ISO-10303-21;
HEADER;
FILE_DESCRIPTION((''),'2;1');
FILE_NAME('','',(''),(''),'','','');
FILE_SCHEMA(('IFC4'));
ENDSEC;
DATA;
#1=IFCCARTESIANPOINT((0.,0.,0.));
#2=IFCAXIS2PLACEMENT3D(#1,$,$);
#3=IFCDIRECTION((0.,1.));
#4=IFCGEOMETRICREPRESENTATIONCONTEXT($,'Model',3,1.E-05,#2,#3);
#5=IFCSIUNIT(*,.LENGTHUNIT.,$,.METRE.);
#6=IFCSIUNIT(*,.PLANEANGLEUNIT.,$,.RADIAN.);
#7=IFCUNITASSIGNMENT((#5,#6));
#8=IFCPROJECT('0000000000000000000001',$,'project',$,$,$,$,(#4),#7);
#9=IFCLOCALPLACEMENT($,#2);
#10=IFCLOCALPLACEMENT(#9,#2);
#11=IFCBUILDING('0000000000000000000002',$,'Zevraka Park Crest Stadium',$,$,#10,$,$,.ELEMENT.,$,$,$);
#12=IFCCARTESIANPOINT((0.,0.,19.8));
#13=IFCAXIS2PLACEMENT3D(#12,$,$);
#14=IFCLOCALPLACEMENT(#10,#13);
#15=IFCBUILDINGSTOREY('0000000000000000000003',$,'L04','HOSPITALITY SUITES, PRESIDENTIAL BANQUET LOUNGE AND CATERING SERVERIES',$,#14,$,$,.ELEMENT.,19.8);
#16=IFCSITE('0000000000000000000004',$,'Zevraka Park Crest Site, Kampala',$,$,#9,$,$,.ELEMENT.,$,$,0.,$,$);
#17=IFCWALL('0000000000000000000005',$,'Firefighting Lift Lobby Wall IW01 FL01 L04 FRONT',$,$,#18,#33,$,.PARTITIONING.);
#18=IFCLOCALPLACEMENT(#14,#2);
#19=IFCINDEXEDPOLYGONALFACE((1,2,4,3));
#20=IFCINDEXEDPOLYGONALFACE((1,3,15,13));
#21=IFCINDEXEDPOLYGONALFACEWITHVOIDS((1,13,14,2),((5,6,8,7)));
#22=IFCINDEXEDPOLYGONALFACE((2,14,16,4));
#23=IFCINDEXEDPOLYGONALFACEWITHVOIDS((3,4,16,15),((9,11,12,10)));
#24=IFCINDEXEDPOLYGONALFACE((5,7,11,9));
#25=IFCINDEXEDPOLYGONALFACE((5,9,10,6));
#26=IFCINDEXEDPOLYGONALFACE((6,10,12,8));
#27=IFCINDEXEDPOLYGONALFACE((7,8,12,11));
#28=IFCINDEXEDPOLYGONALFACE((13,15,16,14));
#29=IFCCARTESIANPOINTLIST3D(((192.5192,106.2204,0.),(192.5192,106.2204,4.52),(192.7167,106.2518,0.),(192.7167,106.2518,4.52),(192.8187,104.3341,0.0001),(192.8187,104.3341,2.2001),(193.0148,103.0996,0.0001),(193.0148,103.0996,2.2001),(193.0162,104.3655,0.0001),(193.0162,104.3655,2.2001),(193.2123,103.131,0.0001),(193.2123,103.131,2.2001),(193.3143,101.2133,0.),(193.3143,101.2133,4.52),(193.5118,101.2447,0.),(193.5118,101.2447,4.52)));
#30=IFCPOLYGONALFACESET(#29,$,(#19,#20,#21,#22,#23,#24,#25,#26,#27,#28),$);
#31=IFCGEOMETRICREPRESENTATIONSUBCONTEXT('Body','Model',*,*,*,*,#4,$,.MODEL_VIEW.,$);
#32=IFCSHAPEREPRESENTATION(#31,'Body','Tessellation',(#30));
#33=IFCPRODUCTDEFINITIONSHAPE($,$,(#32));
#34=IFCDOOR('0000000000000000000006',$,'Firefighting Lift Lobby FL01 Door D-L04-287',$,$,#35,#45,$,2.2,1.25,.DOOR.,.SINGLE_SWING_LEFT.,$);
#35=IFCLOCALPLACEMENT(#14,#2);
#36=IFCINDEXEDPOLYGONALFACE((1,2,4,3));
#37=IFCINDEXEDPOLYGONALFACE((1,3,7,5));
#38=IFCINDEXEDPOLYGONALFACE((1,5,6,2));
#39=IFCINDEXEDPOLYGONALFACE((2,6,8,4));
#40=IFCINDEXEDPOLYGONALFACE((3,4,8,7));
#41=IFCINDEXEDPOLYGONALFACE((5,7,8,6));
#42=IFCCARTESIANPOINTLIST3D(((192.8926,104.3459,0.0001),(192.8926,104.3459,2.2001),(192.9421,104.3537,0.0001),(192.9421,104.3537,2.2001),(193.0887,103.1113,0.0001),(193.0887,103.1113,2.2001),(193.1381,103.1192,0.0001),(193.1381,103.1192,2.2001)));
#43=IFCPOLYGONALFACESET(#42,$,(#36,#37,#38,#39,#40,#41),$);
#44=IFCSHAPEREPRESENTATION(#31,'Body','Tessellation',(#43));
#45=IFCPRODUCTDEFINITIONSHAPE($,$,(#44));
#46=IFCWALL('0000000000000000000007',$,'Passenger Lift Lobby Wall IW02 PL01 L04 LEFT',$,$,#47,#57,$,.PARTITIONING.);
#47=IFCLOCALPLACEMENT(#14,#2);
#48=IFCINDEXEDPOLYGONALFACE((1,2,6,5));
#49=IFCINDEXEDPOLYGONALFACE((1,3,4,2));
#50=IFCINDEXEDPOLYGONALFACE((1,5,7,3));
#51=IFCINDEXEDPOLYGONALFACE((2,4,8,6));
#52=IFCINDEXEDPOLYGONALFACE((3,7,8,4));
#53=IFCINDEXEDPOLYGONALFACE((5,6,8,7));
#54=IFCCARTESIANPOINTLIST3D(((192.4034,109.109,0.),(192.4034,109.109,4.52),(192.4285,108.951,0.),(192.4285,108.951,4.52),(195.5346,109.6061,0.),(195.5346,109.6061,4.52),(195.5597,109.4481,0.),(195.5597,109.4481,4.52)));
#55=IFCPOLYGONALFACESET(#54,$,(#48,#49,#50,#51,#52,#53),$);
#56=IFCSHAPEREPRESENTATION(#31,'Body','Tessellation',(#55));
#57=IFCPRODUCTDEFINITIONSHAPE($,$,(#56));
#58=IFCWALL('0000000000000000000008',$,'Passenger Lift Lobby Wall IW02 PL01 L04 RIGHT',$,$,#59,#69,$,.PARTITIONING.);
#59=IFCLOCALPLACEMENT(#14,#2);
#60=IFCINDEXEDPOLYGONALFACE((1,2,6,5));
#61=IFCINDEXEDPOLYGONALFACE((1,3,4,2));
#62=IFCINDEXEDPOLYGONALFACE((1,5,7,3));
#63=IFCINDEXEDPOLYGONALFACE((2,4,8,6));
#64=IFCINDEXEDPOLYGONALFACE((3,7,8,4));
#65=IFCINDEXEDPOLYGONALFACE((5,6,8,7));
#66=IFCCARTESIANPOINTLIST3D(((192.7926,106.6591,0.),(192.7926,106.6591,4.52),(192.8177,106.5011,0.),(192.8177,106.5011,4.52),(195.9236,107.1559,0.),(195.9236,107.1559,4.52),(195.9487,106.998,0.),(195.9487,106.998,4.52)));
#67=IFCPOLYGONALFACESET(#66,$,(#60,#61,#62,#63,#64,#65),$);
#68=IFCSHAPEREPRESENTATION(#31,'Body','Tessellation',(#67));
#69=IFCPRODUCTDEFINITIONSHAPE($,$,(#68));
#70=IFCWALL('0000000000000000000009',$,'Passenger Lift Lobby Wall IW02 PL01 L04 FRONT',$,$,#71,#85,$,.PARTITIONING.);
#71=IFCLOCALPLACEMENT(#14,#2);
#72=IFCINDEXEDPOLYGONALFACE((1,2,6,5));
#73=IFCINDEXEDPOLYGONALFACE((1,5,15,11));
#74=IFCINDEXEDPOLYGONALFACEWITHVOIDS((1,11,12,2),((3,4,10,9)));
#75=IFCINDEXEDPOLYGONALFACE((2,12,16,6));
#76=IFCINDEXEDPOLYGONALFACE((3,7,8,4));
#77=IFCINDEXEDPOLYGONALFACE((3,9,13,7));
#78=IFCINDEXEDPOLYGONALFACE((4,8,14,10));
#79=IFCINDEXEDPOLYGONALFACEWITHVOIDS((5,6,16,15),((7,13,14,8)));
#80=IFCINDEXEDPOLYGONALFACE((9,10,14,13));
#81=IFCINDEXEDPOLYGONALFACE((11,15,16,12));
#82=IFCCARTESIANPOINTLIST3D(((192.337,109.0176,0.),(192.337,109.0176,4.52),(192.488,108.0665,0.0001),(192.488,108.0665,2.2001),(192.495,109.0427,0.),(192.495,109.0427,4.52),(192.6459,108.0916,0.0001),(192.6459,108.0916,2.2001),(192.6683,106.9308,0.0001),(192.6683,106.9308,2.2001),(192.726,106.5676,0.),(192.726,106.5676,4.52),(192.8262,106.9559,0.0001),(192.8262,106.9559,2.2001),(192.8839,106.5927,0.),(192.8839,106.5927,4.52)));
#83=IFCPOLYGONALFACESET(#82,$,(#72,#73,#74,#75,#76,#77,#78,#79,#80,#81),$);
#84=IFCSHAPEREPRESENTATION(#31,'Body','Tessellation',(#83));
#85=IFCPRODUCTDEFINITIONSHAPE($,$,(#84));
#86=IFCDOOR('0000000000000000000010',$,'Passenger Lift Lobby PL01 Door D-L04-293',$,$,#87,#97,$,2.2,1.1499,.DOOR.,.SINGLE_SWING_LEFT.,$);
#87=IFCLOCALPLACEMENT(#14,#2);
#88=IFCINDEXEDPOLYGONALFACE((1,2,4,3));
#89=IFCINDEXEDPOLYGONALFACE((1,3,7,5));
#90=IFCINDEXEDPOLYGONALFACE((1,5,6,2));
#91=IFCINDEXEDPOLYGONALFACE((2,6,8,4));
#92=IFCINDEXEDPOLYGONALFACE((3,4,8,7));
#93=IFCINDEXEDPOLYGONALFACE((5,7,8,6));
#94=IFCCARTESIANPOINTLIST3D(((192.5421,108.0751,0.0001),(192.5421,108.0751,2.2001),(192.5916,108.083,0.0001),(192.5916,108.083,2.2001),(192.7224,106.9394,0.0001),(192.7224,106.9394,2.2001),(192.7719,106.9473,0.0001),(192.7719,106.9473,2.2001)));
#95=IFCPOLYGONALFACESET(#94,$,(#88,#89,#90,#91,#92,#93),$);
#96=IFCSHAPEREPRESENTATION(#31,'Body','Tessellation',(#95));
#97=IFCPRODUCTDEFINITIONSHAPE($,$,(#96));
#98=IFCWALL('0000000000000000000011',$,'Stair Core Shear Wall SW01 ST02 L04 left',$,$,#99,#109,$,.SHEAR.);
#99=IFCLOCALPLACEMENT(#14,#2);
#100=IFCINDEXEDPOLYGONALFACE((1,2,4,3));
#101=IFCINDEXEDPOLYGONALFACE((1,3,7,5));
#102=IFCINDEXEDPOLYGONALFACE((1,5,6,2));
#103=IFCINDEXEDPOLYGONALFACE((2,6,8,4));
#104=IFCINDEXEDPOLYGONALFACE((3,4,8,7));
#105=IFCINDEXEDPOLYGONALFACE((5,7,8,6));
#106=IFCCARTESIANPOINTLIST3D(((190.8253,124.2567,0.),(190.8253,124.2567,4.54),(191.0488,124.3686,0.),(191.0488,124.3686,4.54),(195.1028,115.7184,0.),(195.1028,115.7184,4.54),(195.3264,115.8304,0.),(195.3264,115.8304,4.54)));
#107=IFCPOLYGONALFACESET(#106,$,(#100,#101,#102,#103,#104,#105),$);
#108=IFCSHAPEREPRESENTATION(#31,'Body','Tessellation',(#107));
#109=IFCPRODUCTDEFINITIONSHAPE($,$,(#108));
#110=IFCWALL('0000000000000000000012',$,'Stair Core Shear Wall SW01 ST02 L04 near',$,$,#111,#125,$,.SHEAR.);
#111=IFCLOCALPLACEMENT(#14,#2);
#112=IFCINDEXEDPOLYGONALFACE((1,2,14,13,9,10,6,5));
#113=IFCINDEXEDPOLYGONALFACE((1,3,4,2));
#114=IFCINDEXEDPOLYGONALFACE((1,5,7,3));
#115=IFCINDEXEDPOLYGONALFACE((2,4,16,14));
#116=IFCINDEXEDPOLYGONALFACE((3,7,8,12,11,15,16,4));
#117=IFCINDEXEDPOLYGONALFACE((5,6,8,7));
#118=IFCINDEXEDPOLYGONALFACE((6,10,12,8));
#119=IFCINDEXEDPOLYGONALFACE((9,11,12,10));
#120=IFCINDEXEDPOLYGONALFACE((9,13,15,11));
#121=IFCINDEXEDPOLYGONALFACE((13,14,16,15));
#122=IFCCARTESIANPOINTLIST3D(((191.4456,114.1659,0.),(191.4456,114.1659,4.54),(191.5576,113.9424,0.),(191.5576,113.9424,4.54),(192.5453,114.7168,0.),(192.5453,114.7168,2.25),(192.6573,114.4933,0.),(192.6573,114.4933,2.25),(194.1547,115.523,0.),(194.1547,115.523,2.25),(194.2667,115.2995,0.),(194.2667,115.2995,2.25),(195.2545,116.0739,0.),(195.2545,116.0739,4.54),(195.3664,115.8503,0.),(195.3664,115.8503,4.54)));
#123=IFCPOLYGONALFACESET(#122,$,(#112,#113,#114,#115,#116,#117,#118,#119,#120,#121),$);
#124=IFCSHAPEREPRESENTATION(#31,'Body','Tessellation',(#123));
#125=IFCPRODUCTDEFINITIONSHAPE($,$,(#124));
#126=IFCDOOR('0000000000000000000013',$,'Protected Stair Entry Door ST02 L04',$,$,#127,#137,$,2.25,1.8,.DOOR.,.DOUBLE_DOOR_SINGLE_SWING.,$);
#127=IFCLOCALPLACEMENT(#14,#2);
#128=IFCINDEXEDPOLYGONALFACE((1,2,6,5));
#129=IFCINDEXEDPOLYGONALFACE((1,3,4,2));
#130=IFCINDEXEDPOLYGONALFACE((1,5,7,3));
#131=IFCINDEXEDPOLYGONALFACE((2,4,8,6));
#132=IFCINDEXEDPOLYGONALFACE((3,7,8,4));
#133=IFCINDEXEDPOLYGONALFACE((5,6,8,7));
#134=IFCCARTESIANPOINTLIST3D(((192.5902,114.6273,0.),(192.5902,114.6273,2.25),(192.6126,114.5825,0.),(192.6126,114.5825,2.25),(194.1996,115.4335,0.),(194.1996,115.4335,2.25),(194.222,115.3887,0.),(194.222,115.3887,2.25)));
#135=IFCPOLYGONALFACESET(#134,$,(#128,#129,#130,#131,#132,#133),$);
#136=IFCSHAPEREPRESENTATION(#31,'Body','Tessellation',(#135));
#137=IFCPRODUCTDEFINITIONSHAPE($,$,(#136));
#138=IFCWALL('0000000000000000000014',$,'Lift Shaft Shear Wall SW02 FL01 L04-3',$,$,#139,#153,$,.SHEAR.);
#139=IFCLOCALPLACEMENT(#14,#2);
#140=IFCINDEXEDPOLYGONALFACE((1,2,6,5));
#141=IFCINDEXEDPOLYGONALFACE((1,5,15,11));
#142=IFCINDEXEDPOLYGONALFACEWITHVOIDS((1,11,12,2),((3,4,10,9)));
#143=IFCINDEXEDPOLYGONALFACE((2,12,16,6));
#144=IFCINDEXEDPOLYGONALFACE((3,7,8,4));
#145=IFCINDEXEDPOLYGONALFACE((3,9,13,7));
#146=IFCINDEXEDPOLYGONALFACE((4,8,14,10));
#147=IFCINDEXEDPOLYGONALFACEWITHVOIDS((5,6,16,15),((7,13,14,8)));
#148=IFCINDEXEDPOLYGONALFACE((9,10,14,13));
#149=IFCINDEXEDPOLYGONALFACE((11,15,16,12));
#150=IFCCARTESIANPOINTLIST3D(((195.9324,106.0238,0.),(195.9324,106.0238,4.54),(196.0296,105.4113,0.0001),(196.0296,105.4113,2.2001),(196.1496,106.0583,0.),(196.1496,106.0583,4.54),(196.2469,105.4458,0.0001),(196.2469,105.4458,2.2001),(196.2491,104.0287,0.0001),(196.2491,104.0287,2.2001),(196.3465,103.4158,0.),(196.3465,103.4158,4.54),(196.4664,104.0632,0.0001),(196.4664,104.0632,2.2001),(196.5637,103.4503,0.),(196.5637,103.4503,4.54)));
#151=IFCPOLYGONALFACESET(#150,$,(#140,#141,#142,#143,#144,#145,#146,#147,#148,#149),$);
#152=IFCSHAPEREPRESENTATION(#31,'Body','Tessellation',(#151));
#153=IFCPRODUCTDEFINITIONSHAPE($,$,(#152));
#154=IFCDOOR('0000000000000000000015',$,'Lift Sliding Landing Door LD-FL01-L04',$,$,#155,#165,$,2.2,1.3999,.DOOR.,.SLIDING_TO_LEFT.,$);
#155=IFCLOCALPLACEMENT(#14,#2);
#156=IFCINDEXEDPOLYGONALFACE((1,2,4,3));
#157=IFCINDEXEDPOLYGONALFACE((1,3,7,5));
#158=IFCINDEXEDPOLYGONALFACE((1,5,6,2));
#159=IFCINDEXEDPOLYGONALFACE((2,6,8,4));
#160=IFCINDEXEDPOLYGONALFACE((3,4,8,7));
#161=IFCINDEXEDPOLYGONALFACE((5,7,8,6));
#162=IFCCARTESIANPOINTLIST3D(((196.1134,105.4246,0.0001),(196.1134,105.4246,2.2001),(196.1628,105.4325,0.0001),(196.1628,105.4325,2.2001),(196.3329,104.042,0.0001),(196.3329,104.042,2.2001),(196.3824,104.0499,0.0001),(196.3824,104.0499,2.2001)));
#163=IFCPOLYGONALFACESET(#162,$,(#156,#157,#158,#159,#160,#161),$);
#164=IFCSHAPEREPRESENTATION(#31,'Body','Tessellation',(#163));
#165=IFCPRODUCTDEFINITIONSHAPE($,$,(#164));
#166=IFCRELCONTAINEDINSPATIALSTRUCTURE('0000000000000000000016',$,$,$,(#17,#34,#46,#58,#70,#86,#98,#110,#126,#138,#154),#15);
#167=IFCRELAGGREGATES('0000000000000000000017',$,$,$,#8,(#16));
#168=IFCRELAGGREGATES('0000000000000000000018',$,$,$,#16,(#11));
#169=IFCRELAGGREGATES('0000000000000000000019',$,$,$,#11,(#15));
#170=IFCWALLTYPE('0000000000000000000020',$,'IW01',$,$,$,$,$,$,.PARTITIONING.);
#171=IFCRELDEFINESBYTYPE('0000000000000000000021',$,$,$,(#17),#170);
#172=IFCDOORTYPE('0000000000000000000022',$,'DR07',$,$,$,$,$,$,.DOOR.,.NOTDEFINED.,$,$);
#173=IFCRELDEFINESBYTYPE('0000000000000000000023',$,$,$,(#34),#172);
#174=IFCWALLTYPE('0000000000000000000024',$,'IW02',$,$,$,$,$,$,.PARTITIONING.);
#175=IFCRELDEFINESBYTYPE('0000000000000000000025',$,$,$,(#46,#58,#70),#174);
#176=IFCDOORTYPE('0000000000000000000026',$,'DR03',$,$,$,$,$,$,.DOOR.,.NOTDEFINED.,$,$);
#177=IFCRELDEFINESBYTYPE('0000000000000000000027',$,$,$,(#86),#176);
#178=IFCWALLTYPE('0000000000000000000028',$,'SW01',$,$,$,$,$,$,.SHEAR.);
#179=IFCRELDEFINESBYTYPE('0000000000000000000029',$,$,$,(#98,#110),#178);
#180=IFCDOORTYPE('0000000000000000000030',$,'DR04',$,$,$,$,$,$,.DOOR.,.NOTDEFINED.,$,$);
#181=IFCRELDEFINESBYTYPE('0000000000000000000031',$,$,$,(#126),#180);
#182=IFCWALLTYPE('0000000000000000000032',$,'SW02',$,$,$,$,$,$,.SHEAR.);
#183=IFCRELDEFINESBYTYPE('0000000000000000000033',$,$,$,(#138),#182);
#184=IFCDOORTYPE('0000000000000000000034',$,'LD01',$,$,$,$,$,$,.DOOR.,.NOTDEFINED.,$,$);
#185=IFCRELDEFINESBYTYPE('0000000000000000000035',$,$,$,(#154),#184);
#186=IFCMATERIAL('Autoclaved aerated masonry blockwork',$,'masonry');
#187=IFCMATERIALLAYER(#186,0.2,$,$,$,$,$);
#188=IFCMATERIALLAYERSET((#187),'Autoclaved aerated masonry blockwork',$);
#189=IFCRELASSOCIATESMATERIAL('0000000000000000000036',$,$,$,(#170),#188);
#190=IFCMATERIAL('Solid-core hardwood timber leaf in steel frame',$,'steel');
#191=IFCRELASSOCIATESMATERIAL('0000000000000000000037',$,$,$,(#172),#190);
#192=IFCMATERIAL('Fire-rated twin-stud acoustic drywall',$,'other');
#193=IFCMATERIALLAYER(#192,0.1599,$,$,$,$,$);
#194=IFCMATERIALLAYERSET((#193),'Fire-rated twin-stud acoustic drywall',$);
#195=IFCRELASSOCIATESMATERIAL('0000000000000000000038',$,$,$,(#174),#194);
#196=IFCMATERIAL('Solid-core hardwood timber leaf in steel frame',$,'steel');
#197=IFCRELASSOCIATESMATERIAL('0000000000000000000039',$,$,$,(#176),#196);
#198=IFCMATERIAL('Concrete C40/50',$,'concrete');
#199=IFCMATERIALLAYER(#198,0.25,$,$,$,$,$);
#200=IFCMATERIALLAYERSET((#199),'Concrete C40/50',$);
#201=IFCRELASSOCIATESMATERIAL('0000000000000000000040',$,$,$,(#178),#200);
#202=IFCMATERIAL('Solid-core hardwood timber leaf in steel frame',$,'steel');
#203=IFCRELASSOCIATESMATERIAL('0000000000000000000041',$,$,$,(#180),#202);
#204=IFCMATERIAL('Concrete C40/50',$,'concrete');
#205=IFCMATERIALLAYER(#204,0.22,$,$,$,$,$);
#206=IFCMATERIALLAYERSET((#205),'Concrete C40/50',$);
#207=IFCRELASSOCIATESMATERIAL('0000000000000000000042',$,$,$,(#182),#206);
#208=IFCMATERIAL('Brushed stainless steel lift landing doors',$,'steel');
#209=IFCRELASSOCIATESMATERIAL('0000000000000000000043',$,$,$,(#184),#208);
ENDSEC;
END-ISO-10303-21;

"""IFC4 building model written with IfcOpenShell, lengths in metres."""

from ifc_helpers import new_model, si_unit, direction, frame, frame_2d, origin, place, context, subcontext, project, spatial, rectangle, extrude, material, layer, layer_set, type_object, element, fill, save


model = new_model("IFC4")

# Units and contexts
model_context = context("Model", 3, precision=1e-05, world=origin(), true_north=direction((0.0, 1.0)))
body_context = subcontext(model_context, "Body", "Model", "MODEL_VIEW")
ifc_project = project(units=[si_unit("LENGTHUNIT", "METRE"), si_unit("PLANEANGLEUNIT", "RADIAN")], contexts=[model_context])

# Site, building, storey
site_placement = place(None, origin())
site = spatial("IfcSite", under=ifc_project, at=site_placement, Name="Zevraka Park Crest Site, Kampala", CompositionType="ELEMENT", RefElevation=0.0)
building_placement = place(site_placement, origin())
building = spatial("IfcBuilding", under=site, at=building_placement, Name="Zevraka Park Crest Stadium", CompositionType="ELEMENT")
storey_placement = place(building_placement, frame((0.0, 0.0, 19.8)))
storey = spatial("IfcBuildingStorey", under=building, at=storey_placement, Name="L04", Description="HOSPITALITY SUITES, PRESIDENTIAL BANQUET LOUNGE AND CATERING SERVERIES", CompositionType="ELEMENT", Elevation=19.8)

# Shared definitions
ifc_material_1 = material(Name="Autoclaved aerated masonry blockwork", Category="masonry")
ifc_layer_1 = layer(ifc_material_1, 0.2)
ifc_layer_set_1 = layer_set([ifc_layer_1], Name="Autoclaved aerated masonry blockwork")
wall_type_1 = type_object("IfcWallType", Name="IW01", PredefinedType="PARTITIONING", material=ifc_layer_set_1)

# Wall, opening, door
wall_1_placement = place(storey_placement, frame((192.6179, 106.2361, 0.0), z_axis=(0.0, 0.0, 1.0), x_axis=(0.156843, -0.987624, 0.0)))
wall_1 = element("IfcWall", 1, at=wall_1_placement, inside=storey, type_object=wall_type_1, Name="Firefighting Lift Lobby Wall IW01 FL01 L04 FRONT", PredefinedType="PARTITIONING", context=body_context, shape_type="SweptSolid", body=[
    extrude(rectangle(XDim=5.0698, YDim=0.2, at=frame_2d((2.5349, 0.0))), origin(), (0.0, 0.0, 1.0), 4.52),
])
opening_1_placement = place(wall_1_placement, frame((1.9099, 0.0, 0.0)))
opening_1 = element("IfcOpeningElement", 2, at=opening_1_placement, cuts=wall_1, PredefinedType="OPENING", context=body_context, shape_type="SweptSolid", body=[
    extrude(rectangle(XDim=1.25, YDim=2.2, at=frame_2d((0.625, 1.1001))), frame((0.0, 0.1099, 0.0), z_axis=(0.0, -1.0, 0.0), x_axis=(1.0, 0.0, 0.0)), (0.0, 0.0, 1.0), 0.22),
])
ifc_material_2 = material(Name="Solid-core hardwood timber leaf in steel frame", Category="steel")
door_type_1 = type_object("IfcDoorType", Name="DR07", OperationType="NOTDEFINED", PredefinedType="DOOR", material=ifc_material_2)
door_1_placement = place(opening_1_placement, origin())
door_1 = element("IfcDoor", 3, at=door_1_placement, inside=storey, type_object=door_type_1, Name="Firefighting Lift Lobby FL01 Door D-L04-287", OperationType="SINGLE_SWING_LEFT", OverallHeight=2.2, OverallWidth=1.25, PredefinedType="DOOR", context=body_context, shape_type="SweptSolid", body=[
    extrude(rectangle(XDim=1.25, YDim=2.2, at=frame_2d((0.625, 1.1001))), frame((0.0, 0.0249, 0.0), z_axis=(0.0, -1.0, 0.0), x_axis=(1.0, 0.0, 0.0)), (0.0, 0.0, 1.0), 0.05),
])
fill(opening_1, door_1)

# Walls
ifc_material_3 = material(Name="Fire-rated twin-stud acoustic drywall", Category="other")
ifc_layer_2 = layer(ifc_material_3, 0.1599)
ifc_layer_set_2 = layer_set([ifc_layer_2], Name="Fire-rated twin-stud acoustic drywall")
wall_type_2 = type_object("IfcWallType", Name="IW02", PredefinedType="PARTITIONING", material=ifc_layer_set_2)
wall_2_placement = place(storey_placement, frame((195.5471, 109.5271, 0.0), z_axis=(0.0, 0.0, 1.0), x_axis=(-0.987632, -0.156789, 0.0)))
element("IfcWall", 4, at=wall_2_placement, inside=storey, type_object=wall_type_2, Name="Passenger Lift Lobby Wall IW02 PL01 L04 LEFT", PredefinedType="PARTITIONING", context=body_context, shape_type="SweptSolid", body=[
    extrude(rectangle(XDim=3.1704, YDim=0.1599, at=frame_2d((1.5852, 0.0))), origin(), (0.0, 0.0, 1.0), 4.52),
])
wall_3_placement = place(storey_placement, frame((195.936, 107.0769, 0.0), z_axis=(0.0, 0.0, 1.0), x_axis=(-0.987644, -0.156714, 0.0)))
element("IfcWall", 5, at=wall_3_placement, inside=storey, type_object=wall_type_2, Name="Passenger Lift Lobby Wall IW02 PL01 L04 RIGHT", PredefinedType="PARTITIONING", context=body_context, shape_type="SweptSolid", body=[
    extrude(rectangle(XDim=3.1702, YDim=0.1599, at=frame_2d((1.585, 0.0))), origin(), (0.0, 0.0, 1.0), 4.52),
])

# Wall, opening, door
wall_4_placement = place(storey_placement, frame((192.416, 109.03, 0.0), z_axis=(0.0, 0.0, 1.0), x_axis=(0.156781, -0.987633, 0.0)))
wall_4 = element("IfcWall", 6, at=wall_4_placement, inside=storey, type_object=wall_type_2, Name="Passenger Lift Lobby Wall IW02 PL01 L04 FRONT", PredefinedType="PARTITIONING", context=body_context, shape_type="SweptSolid", body=[
    extrude(rectangle(XDim=2.4807, YDim=0.1599, at=frame_2d((1.2402, 0.0))), origin(), (0.0, 0.0, 1.0), 4.52),
])
opening_2_placement = place(wall_4_placement, frame((0.9629, 0.0, 0.0)))
opening_2 = element("IfcOpeningElement", 7, at=opening_2_placement, cuts=wall_4, PredefinedType="OPENING", context=body_context, shape_type="SweptSolid", body=[
    extrude(rectangle(XDim=1.1499, YDim=2.2, at=frame_2d((0.575, 1.1001))), frame((0.0, 0.0898, 0.0), z_axis=(0.0, -1.0, 0.0), x_axis=(1.0, 0.0, 0.0)), (0.0, 0.0, 1.0), 0.1799),
])
ifc_material_4 = material(Name="Solid-core hardwood timber leaf in steel frame", Category="steel")
door_type_2 = type_object("IfcDoorType", Name="DR03", OperationType="NOTDEFINED", PredefinedType="DOOR", material=ifc_material_4)
door_2_placement = place(opening_2_placement, origin())
door_2 = element("IfcDoor", 8, at=door_2_placement, inside=storey, type_object=door_type_2, Name="Passenger Lift Lobby PL01 Door D-L04-293", OperationType="SINGLE_SWING_LEFT", OverallHeight=2.2, OverallWidth=1.1499, PredefinedType="DOOR", context=body_context, shape_type="SweptSolid", body=[
    extrude(rectangle(XDim=1.1499, YDim=2.2, at=frame_2d((0.575, 1.1001))), frame((0.0, 0.0249, 0.0), z_axis=(0.0, -1.0, 0.0), x_axis=(1.0, 0.0, 0.0)), (0.0, 0.0, 1.0), 0.05),
])
fill(opening_2, door_2)

# Wall
ifc_material_5 = material(Name="Concrete C40/50", Category="concrete")
ifc_layer_3 = layer(ifc_material_5, 0.25)
ifc_layer_set_3 = layer_set([ifc_layer_3], Name="Concrete C40/50")
wall_type_3 = type_object("IfcWallType", Name="SW01", PredefinedType="SHEAR", material=ifc_layer_set_3)
wall_5_placement = place(storey_placement, frame((195.2146, 115.7744, 0.0), z_axis=(0.0, 0.0, 1.0), x_axis=(-0.447919, 0.894074, 0.0)))
element("IfcWall", 9, at=wall_5_placement, inside=storey, type_object=wall_type_3, Name="Stair Core Shear Wall SW01 ST02 L04 left", PredefinedType="SHEAR", context=body_context, shape_type="SweptSolid", body=[
    extrude(rectangle(XDim=9.5498, YDim=0.25, at=frame_2d((4.7749, 0.0))), origin(), (0.0, 0.0, 1.0), 4.54),
])

# Walls, openings, doors
wall_6_placement = place(storey_placement, frame((191.5017, 114.0542, 0.0), z_axis=(0.0, 0.0, 1.0), x_axis=(0.894095, 0.447878, 0.0)))
wall_6 = element("IfcWall", 10, at=wall_6_placement, inside=storey, type_object=wall_type_3, Name="Stair Core Shear Wall SW01 ST02 L04 near", PredefinedType="SHEAR", context=body_context, shape_type="SweptSolid", body=[
    extrude(rectangle(XDim=4.26, YDim=0.25, at=frame_2d((2.1299, 0.0))), origin(), (0.0, 0.0, 1.0), 4.54),
])
opening_3_placement = place(wall_6_placement, frame((1.23, 0.0, 0.0)))
opening_3 = element("IfcOpeningElement", 11, at=opening_3_placement, cuts=wall_6, PredefinedType="OPENING", context=body_context, shape_type="SweptSolid", body=[
    extrude(rectangle(XDim=1.8, YDim=2.25, at=frame_2d((0.8999, 1.125))), frame((0.0, 0.135, 0.0), z_axis=(0.0, -1.0, 0.0), x_axis=(1.0, 0.0, 0.0)), (0.0, 0.0, 1.0), 0.27),
])
ifc_material_6 = material(Name="Solid-core hardwood timber leaf in steel frame", Category="steel")
door_type_3 = type_object("IfcDoorType", Name="DR04", OperationType="NOTDEFINED", PredefinedType="DOOR", material=ifc_material_6)
door_3_placement = place(opening_3_placement, origin())
door_3 = element("IfcDoor", 12, at=door_3_placement, inside=storey, type_object=door_type_3, Name="Protected Stair Entry Door ST02 L04", OperationType="DOUBLE_DOOR_SINGLE_SWING", OverallHeight=2.25, OverallWidth=1.8, PredefinedType="DOOR", context=body_context, shape_type="SweptSolid", body=[
    extrude(rectangle(XDim=1.8, YDim=2.25, at=frame_2d((0.8999, 1.125))), frame((0.0, 0.0249, 0.0), z_axis=(0.0, -1.0, 0.0), x_axis=(1.0, 0.0, 0.0)), (0.0, 0.0, 1.0), 0.05),
])
fill(opening_3, door_3)
ifc_material_7 = material(Name="Concrete C40/50", Category="concrete")
ifc_layer_4 = layer(ifc_material_7, 0.22)
ifc_layer_set_4 = layer_set([ifc_layer_4], Name="Concrete C40/50")
wall_type_4 = type_object("IfcWallType", Name="SW02", PredefinedType="SHEAR", material=ifc_layer_set_4)
wall_7_placement = place(storey_placement, frame((196.041, 106.041, 0.0), z_axis=(0.0, 0.0, 1.0), x_axis=(0.156808, -0.987629, 0.0)))
wall_7 = element("IfcWall", 13, at=wall_7_placement, inside=storey, type_object=wall_type_4, Name="Lift Shaft Shear Wall SW02 FL01 L04-3", PredefinedType="SHEAR", context=body_context, shape_type="SweptSolid", body=[
    extrude(rectangle(XDim=2.6406, YDim=0.22, at=frame_2d((1.3203, 0.0))), origin(), (0.0, 0.0, 1.0), 4.54),
])
opening_4_placement = place(wall_7_placement, frame((0.6201, 0.0, 0.0)))
opening_4 = element("IfcOpeningElement", 14, at=opening_4_placement, cuts=wall_7, PredefinedType="OPENING", context=body_context, shape_type="SweptSolid", body=[
    extrude(rectangle(XDim=1.3999, YDim=2.2, at=frame_2d((0.7, 1.1001))), frame((0.0, 0.1199, 0.0), z_axis=(0.0, -1.0, 0.0), x_axis=(1.0, 0.0, 0.0)), (0.0, 0.0, 1.0), 0.24),
])
ifc_material_8 = material(Name="Brushed stainless steel lift landing doors", Category="steel")
door_type_4 = type_object("IfcDoorType", Name="LD01", OperationType="NOTDEFINED", PredefinedType="DOOR", material=ifc_material_8)
door_4_placement = place(opening_4_placement, origin())
door_4 = element("IfcDoor", 15, at=door_4_placement, inside=storey, type_object=door_type_4, Name="Lift Sliding Landing Door LD-FL01-L04", OperationType="SLIDING_TO_LEFT", OverallHeight=2.2, OverallWidth=1.3999, PredefinedType="DOOR", context=body_context, shape_type="SweptSolid", body=[
    extrude(rectangle(XDim=1.3999, YDim=2.2, at=frame_2d((0.7, 1.1001))), frame((0.0, 0.0249, 0.0), z_axis=(0.0, -1.0, 0.0), x_axis=(1.0, 0.0, 0.0)), (0.0, 0.0, 1.0), 0.05),
])
fill(opening_4, door_4)

save(model, "model.ifc")
